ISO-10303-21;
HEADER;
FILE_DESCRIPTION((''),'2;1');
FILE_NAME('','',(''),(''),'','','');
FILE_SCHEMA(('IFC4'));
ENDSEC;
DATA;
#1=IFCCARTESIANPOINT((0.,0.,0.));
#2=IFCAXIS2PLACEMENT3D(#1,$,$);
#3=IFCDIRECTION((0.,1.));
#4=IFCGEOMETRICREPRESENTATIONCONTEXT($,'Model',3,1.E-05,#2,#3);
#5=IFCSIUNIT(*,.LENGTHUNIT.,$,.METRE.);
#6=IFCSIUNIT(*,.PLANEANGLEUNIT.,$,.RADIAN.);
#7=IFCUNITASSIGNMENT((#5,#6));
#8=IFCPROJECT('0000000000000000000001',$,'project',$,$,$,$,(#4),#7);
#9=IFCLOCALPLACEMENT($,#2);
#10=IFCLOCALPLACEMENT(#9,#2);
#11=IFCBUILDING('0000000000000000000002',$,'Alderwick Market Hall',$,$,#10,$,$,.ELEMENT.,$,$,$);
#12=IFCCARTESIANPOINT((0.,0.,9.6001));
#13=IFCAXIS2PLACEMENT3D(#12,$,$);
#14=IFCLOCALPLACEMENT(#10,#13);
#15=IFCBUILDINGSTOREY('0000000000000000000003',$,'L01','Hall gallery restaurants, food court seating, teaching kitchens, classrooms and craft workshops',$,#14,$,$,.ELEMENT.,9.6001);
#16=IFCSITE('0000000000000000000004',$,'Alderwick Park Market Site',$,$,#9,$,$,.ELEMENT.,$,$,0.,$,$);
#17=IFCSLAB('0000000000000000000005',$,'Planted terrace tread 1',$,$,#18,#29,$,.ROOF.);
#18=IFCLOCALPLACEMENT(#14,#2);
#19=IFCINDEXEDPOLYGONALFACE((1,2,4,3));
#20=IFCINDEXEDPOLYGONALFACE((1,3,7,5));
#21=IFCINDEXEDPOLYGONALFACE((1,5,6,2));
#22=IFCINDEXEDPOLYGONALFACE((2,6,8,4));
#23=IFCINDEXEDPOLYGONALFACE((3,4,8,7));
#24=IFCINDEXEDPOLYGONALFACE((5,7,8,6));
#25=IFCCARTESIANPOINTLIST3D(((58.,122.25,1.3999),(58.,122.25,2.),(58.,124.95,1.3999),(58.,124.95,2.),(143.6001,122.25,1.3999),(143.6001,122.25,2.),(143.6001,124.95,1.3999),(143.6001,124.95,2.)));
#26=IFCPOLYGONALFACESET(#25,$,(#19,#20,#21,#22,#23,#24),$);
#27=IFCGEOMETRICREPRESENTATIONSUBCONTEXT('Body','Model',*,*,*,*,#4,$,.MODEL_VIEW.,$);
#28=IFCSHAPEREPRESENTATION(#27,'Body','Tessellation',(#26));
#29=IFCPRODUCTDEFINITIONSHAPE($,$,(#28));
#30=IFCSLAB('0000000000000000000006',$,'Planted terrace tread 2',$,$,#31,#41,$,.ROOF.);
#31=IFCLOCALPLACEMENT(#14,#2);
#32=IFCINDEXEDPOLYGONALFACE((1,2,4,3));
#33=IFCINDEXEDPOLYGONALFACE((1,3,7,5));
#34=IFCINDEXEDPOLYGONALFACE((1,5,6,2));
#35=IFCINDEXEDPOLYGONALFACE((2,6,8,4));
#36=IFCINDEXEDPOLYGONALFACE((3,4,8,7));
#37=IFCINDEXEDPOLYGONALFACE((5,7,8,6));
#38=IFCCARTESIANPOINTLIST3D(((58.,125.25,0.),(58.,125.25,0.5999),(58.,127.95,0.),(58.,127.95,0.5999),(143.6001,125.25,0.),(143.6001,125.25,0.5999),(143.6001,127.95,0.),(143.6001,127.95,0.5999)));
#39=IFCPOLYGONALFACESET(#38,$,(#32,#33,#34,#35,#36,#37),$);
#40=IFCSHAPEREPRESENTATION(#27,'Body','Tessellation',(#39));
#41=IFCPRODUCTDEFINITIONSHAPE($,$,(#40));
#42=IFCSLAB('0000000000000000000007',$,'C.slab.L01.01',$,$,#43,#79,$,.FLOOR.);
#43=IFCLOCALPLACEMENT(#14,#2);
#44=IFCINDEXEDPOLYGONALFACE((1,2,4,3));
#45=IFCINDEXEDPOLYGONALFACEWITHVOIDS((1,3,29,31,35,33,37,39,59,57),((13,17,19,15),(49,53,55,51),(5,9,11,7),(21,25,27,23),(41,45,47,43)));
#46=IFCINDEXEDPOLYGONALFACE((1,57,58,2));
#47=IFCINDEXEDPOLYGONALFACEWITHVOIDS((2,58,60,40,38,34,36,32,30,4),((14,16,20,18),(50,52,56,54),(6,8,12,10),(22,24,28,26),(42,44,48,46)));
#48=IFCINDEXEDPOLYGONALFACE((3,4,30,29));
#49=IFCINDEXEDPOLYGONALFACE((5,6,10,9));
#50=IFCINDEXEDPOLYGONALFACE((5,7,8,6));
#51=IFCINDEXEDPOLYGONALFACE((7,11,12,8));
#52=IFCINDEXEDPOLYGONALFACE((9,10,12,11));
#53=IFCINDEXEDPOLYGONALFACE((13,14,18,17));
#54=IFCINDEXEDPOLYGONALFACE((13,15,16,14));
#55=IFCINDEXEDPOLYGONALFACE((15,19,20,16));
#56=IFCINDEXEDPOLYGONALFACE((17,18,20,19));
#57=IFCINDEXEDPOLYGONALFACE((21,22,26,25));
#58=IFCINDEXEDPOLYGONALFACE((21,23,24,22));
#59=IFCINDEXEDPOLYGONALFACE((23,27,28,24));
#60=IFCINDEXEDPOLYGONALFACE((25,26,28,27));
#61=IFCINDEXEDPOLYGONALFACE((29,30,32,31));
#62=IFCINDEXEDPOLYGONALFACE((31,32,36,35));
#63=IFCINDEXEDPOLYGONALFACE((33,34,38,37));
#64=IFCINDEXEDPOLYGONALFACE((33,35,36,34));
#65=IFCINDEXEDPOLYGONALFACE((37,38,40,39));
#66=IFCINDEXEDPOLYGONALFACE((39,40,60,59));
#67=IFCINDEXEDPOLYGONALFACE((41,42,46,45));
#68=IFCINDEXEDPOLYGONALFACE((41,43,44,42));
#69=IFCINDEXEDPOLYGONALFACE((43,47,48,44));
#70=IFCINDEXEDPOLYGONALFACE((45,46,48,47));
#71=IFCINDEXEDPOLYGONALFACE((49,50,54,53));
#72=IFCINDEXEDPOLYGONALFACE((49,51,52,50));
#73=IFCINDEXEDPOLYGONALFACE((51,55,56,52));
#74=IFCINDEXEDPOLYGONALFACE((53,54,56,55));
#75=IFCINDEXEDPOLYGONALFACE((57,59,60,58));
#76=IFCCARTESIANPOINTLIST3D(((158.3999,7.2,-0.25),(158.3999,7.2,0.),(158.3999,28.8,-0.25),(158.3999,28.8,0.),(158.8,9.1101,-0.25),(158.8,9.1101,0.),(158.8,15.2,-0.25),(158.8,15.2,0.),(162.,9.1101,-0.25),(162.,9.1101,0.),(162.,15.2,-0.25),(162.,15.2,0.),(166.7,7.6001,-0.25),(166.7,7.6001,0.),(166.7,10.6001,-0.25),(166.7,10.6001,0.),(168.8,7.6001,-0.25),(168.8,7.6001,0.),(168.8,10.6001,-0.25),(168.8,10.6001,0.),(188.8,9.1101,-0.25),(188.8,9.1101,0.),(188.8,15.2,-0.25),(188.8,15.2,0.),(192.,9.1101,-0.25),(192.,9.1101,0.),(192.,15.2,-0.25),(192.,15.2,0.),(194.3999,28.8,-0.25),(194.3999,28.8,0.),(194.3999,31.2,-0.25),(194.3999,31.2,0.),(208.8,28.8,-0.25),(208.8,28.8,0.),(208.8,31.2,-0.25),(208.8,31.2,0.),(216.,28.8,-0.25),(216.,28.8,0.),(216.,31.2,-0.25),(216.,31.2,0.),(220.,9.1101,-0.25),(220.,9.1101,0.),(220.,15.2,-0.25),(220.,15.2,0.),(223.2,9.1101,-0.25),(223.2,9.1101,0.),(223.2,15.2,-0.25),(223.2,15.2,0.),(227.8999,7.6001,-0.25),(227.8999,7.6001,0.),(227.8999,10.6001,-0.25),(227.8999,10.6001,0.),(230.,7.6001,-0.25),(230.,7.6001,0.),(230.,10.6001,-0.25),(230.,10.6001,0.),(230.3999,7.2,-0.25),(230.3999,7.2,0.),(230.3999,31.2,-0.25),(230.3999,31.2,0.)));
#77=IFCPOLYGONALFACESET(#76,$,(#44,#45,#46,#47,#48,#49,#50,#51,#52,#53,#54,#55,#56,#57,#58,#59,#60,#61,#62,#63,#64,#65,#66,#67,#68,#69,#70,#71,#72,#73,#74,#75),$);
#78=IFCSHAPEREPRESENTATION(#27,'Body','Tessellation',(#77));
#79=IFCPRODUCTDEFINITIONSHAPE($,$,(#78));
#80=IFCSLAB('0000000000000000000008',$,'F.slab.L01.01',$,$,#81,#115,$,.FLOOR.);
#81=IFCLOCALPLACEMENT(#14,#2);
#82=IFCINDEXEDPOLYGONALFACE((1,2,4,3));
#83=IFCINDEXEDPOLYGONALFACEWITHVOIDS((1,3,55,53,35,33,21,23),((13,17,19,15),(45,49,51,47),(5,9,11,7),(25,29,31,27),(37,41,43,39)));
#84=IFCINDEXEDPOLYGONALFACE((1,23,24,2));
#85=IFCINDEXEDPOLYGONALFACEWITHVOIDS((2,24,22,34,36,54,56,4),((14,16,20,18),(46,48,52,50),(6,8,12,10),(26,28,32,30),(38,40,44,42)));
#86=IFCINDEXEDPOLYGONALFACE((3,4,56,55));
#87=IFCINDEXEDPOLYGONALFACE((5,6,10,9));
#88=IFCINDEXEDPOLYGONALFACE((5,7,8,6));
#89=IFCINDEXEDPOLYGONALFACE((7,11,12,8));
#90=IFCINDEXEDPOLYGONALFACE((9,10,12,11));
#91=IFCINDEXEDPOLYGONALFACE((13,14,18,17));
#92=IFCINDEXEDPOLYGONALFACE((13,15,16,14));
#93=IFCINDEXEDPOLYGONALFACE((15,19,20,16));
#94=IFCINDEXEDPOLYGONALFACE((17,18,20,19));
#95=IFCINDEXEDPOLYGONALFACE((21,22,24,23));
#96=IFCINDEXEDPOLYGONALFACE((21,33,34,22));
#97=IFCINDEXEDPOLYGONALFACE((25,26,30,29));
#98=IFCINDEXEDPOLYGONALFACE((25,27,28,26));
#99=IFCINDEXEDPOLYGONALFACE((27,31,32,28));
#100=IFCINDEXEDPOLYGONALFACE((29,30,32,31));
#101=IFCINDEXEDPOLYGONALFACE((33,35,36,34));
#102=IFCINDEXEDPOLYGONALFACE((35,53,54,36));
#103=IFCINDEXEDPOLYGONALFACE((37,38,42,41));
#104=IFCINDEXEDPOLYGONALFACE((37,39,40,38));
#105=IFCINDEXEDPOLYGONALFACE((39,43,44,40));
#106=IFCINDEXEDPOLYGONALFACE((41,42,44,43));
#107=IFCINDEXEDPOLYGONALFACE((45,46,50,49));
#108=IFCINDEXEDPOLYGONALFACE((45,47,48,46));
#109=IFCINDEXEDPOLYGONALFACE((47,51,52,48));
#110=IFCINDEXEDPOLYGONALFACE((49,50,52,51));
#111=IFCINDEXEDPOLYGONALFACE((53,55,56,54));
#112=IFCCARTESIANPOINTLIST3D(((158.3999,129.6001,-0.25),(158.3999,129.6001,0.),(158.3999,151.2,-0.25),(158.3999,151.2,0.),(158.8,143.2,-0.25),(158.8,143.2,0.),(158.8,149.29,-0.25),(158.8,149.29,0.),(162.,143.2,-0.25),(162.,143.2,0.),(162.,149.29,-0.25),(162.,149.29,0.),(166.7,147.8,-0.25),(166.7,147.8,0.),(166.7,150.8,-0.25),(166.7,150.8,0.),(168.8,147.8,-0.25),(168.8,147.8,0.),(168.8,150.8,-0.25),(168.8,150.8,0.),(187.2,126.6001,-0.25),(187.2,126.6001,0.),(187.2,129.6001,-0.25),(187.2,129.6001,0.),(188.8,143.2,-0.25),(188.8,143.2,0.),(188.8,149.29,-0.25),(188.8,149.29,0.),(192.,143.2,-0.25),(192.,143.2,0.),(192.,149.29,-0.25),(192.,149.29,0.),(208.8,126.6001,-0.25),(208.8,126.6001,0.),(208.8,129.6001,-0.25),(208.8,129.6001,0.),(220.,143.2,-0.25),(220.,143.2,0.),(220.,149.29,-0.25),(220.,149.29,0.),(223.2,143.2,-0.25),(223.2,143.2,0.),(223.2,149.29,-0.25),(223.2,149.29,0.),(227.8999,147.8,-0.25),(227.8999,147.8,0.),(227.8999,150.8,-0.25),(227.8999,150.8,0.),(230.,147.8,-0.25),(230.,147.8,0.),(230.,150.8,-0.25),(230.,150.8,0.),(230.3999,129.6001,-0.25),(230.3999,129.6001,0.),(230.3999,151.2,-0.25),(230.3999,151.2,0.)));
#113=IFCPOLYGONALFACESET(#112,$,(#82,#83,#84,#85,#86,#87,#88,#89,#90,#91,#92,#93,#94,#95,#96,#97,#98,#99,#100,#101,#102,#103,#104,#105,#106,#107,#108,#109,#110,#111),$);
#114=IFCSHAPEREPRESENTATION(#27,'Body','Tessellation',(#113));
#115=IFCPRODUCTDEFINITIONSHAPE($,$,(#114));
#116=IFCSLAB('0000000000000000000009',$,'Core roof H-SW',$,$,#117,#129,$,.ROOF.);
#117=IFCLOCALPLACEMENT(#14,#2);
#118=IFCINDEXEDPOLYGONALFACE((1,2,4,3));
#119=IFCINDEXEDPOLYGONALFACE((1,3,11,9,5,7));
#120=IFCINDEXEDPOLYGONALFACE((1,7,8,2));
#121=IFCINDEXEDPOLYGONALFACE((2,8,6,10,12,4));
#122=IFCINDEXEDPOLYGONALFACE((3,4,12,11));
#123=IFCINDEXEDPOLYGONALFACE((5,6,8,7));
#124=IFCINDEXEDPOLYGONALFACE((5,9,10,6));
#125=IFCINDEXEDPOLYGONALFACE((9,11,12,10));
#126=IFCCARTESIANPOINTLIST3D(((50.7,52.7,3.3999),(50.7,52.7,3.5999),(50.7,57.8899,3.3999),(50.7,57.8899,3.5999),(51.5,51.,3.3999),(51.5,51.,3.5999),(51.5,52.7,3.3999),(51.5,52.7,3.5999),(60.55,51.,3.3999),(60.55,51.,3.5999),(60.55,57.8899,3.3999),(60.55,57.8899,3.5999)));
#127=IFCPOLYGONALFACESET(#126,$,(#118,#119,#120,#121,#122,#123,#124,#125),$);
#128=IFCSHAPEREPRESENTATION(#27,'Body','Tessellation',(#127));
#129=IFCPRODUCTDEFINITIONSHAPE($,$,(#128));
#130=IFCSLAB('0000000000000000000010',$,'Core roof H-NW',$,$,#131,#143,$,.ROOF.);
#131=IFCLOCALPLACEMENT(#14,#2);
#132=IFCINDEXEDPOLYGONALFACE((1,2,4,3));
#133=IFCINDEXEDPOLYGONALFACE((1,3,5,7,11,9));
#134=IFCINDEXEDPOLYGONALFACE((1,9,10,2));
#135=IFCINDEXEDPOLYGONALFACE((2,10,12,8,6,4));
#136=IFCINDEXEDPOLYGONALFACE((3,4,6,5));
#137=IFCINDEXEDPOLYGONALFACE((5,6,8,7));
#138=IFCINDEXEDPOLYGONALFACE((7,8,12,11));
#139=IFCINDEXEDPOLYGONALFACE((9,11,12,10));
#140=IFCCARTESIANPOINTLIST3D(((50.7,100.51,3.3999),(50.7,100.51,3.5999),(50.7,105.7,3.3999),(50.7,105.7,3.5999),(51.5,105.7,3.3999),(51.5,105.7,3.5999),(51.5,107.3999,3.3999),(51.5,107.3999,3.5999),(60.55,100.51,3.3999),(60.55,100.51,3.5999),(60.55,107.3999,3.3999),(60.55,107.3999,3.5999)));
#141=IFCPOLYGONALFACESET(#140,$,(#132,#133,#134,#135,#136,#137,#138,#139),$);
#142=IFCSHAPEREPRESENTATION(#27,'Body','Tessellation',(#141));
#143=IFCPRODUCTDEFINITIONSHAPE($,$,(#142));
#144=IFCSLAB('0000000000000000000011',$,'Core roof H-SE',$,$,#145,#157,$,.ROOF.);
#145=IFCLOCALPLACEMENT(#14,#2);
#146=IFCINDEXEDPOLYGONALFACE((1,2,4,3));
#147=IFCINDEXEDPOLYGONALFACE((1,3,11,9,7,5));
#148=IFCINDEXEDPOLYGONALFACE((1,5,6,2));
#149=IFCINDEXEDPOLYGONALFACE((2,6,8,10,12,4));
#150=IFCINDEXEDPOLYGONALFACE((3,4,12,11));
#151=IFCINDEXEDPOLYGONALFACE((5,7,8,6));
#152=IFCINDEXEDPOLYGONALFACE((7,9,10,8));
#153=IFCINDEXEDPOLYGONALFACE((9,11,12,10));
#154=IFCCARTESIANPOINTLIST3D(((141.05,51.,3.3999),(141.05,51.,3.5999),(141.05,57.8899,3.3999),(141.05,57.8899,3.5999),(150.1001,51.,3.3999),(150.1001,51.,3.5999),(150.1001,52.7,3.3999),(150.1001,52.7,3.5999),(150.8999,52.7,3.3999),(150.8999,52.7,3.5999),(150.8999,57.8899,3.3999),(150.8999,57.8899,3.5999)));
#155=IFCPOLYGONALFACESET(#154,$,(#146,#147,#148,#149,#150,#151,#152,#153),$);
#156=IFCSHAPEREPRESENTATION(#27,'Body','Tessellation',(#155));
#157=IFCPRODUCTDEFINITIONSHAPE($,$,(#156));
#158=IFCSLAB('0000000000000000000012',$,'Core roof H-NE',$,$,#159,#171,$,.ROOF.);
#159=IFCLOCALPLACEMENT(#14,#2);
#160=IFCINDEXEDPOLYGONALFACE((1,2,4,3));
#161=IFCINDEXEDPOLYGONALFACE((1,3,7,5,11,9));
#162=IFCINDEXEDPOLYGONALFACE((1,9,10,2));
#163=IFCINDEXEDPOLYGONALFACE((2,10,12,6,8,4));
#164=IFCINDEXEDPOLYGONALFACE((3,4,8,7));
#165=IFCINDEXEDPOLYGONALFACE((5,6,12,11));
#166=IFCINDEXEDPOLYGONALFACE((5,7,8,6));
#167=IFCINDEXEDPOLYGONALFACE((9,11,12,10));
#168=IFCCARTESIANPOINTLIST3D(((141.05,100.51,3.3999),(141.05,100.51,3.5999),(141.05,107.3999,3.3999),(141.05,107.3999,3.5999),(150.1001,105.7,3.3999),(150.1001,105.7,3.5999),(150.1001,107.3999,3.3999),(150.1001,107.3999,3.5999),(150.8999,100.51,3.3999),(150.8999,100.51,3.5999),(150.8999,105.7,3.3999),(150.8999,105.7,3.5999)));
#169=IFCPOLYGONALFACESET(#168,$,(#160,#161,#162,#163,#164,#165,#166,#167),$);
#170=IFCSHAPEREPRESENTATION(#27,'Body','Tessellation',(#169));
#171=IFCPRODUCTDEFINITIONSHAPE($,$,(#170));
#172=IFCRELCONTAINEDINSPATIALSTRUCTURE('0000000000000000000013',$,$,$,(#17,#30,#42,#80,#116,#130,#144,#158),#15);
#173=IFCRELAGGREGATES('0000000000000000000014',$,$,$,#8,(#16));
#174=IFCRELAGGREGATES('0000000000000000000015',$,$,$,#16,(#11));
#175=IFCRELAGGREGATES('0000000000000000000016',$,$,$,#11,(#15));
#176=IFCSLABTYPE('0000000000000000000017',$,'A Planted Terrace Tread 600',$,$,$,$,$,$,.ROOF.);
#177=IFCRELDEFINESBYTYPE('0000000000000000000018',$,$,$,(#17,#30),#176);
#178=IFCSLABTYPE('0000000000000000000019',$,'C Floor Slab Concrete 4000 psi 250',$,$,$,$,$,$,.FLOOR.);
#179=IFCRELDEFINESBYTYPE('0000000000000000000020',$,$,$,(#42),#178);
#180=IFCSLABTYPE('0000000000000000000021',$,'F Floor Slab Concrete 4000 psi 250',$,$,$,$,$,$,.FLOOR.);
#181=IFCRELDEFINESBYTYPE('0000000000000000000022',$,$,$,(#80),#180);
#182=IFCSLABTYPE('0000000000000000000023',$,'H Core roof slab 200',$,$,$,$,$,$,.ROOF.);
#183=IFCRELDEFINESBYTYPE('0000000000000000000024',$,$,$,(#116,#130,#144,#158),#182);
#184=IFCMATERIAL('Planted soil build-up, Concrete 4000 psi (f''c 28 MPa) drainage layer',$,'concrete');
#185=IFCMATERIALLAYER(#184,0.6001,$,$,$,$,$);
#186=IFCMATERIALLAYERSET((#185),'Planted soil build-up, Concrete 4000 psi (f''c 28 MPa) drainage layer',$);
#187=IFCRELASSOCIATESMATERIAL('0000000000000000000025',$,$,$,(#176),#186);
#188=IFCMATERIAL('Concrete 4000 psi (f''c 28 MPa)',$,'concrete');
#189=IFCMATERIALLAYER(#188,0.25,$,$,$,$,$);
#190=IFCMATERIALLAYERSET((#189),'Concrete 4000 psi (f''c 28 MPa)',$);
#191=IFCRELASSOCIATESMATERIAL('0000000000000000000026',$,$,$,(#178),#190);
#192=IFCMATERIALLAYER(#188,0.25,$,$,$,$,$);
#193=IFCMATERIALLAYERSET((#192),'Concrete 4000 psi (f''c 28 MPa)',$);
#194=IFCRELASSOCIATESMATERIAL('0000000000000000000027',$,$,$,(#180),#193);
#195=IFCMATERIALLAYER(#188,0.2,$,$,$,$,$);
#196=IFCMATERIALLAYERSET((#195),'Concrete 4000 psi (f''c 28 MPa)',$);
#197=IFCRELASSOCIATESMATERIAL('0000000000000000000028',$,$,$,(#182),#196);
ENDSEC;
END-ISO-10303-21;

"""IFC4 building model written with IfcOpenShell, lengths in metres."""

from ifc_helpers import new_model, si_unit, direction, frame, origin, place, context, subcontext, project, spatial, polyline, outline, extrude, material, layer, layer_set, type_object, element, save


model = new_model("IFC4")

# Units and contexts
model_context = context("Model", 3, precision=1e-05, world=origin(), true_north=direction((0.0, 1.0)))
body_context = subcontext(model_context, "Body", "Model", "MODEL_VIEW")
ifc_project = project(units=[si_unit("LENGTHUNIT", "METRE"), si_unit("PLANEANGLEUNIT", "RADIAN")], contexts=[model_context])

# Site, building, storey
site_placement = place(None, origin())
site = spatial("IfcSite", under=ifc_project, at=site_placement, Name="Alderwick Park Market Site", CompositionType="ELEMENT", RefElevation=0.0)
building_placement = place(site_placement, origin())
building = spatial("IfcBuilding", under=site, at=building_placement, Name="Alderwick Market Hall", CompositionType="ELEMENT")
storey_placement = place(building_placement, frame((0.0, 0.0, 9.6001)))
storey = spatial("IfcBuildingStorey", under=building, at=storey_placement, Name="L01", Description="Hall gallery restaurants, food court seating, teaching kitchens, classrooms and craft workshops", CompositionType="ELEMENT", Elevation=9.6001)

# Slabs
ifc_material_1 = material(Name="Planted soil build-up, Concrete 4000 psi (f'c 28 MPa) drainage layer", Category="concrete")
ifc_layer_1 = layer(ifc_material_1, 0.6001)
ifc_layer_set_1 = layer_set([ifc_layer_1], Name="Planted soil build-up, Concrete 4000 psi (f'c 28 MPa) drainage layer")
slab_type_1 = type_object("IfcSlabType", Name="A Planted Terrace Tread 600", PredefinedType="ROOF", material=ifc_layer_set_1)
slab_1_placement = place(storey_placement, frame((0.0, 0.0, 1.3999)))
element("IfcSlab", 1, at=slab_1_placement, inside=storey, type_object=slab_type_1, Name="Planted terrace tread 1", PredefinedType="ROOF", context=body_context, shape_type="SweptSolid", body=[
    extrude(outline(polyline([(58.0, 122.25), (143.6001, 122.25), (143.6001, 124.95), (58.0, 124.95), (58.0, 122.25)])), origin(), (0.0, 0.0, 1.0), 0.6001),
])
slab_2_placement = place(storey_placement, origin())
element("IfcSlab", 2, at=slab_2_placement, inside=storey, type_object=slab_type_1, Name="Planted terrace tread 2", PredefinedType="ROOF", context=body_context, shape_type="SweptSolid", body=[
    extrude(outline(polyline([(58.0, 125.25), (143.6001, 125.25), (143.6001, 127.95), (58.0, 127.95), (58.0, 125.25)])), origin(), (0.0, 0.0, 1.0), 0.5999),
])
ifc_material_2 = material(Name="Concrete 4000 psi (f'c 28 MPa)", Category="concrete")
ifc_layer_2 = layer(ifc_material_2, 0.25)
ifc_layer_set_2 = layer_set([ifc_layer_2], Name="Concrete 4000 psi (f'c 28 MPa)")
slab_type_2 = type_object("IfcSlabType", Name="C Floor Slab Concrete 4000 psi 250", PredefinedType="FLOOR", material=ifc_layer_set_2)
slab_3_placement = place(storey_placement, frame((0.0, 0.0, -0.25)))
element("IfcSlab", 3, at=slab_3_placement, inside=storey, type_object=slab_type_2, Name="C.slab.L01.01", PredefinedType="FLOOR", context=body_context, shape_type="SweptSolid", body=[
    extrude(outline(polyline([(158.3999, 7.2), (230.3999, 7.2), (230.3999, 31.2), (216.0, 31.2), (216.0, 28.8), (208.8, 28.8), (208.8, 31.2), (194.3999, 31.2), (194.3999, 28.8), (158.3999, 28.8), (158.3999, 7.2)]), holes=[polyline([(158.8, 15.2), (162.0, 15.2), (162.0, 9.1101), (158.8, 9.1101), (158.8, 15.2)]), polyline([(166.7, 10.6001), (168.8, 10.6001), (168.8, 7.6001), (166.7, 7.6001), (166.7, 10.6001)]), polyline([(188.8, 15.2), (192.0, 15.2), (192.0, 9.1101), (188.8, 9.1101), (188.8, 15.2)]), polyline([(220.0, 15.2), (223.2, 15.2), (223.2, 9.1101), (220.0, 9.1101), (220.0, 15.2)]), polyline([(227.8999, 10.6001), (230.0, 10.6001), (230.0, 7.6001), (227.8999, 7.6001), (227.8999, 10.6001)])]), origin(), (0.0, 0.0, 1.0), 0.25),
])
ifc_layer_3 = layer(ifc_material_2, 0.25)
ifc_layer_set_3 = layer_set([ifc_layer_3], Name="Concrete 4000 psi (f'c 28 MPa)")
slab_type_3 = type_object("IfcSlabType", Name="F Floor Slab Concrete 4000 psi 250", PredefinedType="FLOOR", material=ifc_layer_set_3)
slab_4_placement = place(storey_placement, frame((0.0, 0.0, -0.25)))
element("IfcSlab", 4, at=slab_4_placement, inside=storey, type_object=slab_type_3, Name="F.slab.L01.01", PredefinedType="FLOOR", context=body_context, shape_type="SweptSolid", body=[
    extrude(outline(polyline([(158.3999, 129.6001), (158.3999, 151.2), (230.3999, 151.2), (230.3999, 129.6001), (208.8, 129.6001), (208.8, 126.6001), (187.2, 126.6001), (187.2, 129.6001), (158.3999, 129.6001)]), holes=[polyline([(158.8, 143.2), (162.0, 143.2), (162.0, 149.29), (158.8, 149.29), (158.8, 143.2)]), polyline([(166.7, 147.8), (168.8, 147.8), (168.8, 150.8), (166.7, 150.8), (166.7, 147.8)]), polyline([(188.8, 143.2), (192.0, 143.2), (192.0, 149.29), (188.8, 149.29), (188.8, 143.2)]), polyline([(220.0, 143.2), (223.2, 143.2), (223.2, 149.29), (220.0, 149.29), (220.0, 143.2)]), polyline([(227.8999, 147.8), (230.0, 147.8), (230.0, 150.8), (227.8999, 150.8), (227.8999, 147.8)])]), origin(), (0.0, 0.0, 1.0), 0.25),
])
ifc_layer_4 = layer(ifc_material_2, 0.2)
ifc_layer_set_4 = layer_set([ifc_layer_4], Name="Concrete 4000 psi (f'c 28 MPa)")
slab_type_4 = type_object("IfcSlabType", Name="H Core roof slab 200", PredefinedType="ROOF", material=ifc_layer_set_4)
slab_5_placement = place(storey_placement, frame((0.0, 0.0, 3.3999)))
element("IfcSlab", 5, at=slab_5_placement, inside=storey, type_object=slab_type_4, Name="Core roof H-SW", PredefinedType="ROOF", context=body_context, shape_type="SweptSolid", body=[
    extrude(outline(polyline([(50.7, 57.8899), (60.55, 57.8899), (60.55, 51.0), (51.5, 51.0), (51.5, 52.7), (50.7, 52.7), (50.7, 57.8899)])), origin(), (0.0, 0.0, 1.0), 0.2),
])
slab_6_placement = place(storey_placement, frame((0.0, 0.0, 3.3999)))
element("IfcSlab", 6, at=slab_6_placement, inside=storey, type_object=slab_type_4, Name="Core roof H-NW", PredefinedType="ROOF", context=body_context, shape_type="SweptSolid", body=[
    extrude(outline(polyline([(60.55, 107.3999), (60.55, 100.51), (50.7, 100.51), (50.7, 105.7), (51.5, 105.7), (51.5, 107.3999), (60.55, 107.3999)])), origin(), (0.0, 0.0, 1.0), 0.2),
])
slab_7_placement = place(storey_placement, frame((0.0, 0.0, 3.3999)))
element("IfcSlab", 7, at=slab_7_placement, inside=storey, type_object=slab_type_4, Name="Core roof H-SE", PredefinedType="ROOF", context=body_context, shape_type="SweptSolid", body=[
    extrude(outline(polyline([(141.05, 51.0), (141.05, 57.8899), (150.8999, 57.8899), (150.8999, 52.7), (150.1001, 52.7), (150.1001, 51.0), (141.05, 51.0)])), origin(), (0.0, 0.0, 1.0), 0.2),
])
slab_8_placement = place(storey_placement, frame((0.0, 0.0, 3.3999)))
element("IfcSlab", 8, at=slab_8_placement, inside=storey, type_object=slab_type_4, Name="Core roof H-NE", PredefinedType="ROOF", context=body_context, shape_type="SweptSolid", body=[
    extrude(outline(polyline([(150.8999, 100.51), (141.05, 100.51), (141.05, 107.3999), (150.1001, 107.3999), (150.1001, 105.7), (150.8999, 105.7), (150.8999, 100.51)])), origin(), (0.0, 0.0, 1.0), 0.2),
])

save(model, "model.ifc")
